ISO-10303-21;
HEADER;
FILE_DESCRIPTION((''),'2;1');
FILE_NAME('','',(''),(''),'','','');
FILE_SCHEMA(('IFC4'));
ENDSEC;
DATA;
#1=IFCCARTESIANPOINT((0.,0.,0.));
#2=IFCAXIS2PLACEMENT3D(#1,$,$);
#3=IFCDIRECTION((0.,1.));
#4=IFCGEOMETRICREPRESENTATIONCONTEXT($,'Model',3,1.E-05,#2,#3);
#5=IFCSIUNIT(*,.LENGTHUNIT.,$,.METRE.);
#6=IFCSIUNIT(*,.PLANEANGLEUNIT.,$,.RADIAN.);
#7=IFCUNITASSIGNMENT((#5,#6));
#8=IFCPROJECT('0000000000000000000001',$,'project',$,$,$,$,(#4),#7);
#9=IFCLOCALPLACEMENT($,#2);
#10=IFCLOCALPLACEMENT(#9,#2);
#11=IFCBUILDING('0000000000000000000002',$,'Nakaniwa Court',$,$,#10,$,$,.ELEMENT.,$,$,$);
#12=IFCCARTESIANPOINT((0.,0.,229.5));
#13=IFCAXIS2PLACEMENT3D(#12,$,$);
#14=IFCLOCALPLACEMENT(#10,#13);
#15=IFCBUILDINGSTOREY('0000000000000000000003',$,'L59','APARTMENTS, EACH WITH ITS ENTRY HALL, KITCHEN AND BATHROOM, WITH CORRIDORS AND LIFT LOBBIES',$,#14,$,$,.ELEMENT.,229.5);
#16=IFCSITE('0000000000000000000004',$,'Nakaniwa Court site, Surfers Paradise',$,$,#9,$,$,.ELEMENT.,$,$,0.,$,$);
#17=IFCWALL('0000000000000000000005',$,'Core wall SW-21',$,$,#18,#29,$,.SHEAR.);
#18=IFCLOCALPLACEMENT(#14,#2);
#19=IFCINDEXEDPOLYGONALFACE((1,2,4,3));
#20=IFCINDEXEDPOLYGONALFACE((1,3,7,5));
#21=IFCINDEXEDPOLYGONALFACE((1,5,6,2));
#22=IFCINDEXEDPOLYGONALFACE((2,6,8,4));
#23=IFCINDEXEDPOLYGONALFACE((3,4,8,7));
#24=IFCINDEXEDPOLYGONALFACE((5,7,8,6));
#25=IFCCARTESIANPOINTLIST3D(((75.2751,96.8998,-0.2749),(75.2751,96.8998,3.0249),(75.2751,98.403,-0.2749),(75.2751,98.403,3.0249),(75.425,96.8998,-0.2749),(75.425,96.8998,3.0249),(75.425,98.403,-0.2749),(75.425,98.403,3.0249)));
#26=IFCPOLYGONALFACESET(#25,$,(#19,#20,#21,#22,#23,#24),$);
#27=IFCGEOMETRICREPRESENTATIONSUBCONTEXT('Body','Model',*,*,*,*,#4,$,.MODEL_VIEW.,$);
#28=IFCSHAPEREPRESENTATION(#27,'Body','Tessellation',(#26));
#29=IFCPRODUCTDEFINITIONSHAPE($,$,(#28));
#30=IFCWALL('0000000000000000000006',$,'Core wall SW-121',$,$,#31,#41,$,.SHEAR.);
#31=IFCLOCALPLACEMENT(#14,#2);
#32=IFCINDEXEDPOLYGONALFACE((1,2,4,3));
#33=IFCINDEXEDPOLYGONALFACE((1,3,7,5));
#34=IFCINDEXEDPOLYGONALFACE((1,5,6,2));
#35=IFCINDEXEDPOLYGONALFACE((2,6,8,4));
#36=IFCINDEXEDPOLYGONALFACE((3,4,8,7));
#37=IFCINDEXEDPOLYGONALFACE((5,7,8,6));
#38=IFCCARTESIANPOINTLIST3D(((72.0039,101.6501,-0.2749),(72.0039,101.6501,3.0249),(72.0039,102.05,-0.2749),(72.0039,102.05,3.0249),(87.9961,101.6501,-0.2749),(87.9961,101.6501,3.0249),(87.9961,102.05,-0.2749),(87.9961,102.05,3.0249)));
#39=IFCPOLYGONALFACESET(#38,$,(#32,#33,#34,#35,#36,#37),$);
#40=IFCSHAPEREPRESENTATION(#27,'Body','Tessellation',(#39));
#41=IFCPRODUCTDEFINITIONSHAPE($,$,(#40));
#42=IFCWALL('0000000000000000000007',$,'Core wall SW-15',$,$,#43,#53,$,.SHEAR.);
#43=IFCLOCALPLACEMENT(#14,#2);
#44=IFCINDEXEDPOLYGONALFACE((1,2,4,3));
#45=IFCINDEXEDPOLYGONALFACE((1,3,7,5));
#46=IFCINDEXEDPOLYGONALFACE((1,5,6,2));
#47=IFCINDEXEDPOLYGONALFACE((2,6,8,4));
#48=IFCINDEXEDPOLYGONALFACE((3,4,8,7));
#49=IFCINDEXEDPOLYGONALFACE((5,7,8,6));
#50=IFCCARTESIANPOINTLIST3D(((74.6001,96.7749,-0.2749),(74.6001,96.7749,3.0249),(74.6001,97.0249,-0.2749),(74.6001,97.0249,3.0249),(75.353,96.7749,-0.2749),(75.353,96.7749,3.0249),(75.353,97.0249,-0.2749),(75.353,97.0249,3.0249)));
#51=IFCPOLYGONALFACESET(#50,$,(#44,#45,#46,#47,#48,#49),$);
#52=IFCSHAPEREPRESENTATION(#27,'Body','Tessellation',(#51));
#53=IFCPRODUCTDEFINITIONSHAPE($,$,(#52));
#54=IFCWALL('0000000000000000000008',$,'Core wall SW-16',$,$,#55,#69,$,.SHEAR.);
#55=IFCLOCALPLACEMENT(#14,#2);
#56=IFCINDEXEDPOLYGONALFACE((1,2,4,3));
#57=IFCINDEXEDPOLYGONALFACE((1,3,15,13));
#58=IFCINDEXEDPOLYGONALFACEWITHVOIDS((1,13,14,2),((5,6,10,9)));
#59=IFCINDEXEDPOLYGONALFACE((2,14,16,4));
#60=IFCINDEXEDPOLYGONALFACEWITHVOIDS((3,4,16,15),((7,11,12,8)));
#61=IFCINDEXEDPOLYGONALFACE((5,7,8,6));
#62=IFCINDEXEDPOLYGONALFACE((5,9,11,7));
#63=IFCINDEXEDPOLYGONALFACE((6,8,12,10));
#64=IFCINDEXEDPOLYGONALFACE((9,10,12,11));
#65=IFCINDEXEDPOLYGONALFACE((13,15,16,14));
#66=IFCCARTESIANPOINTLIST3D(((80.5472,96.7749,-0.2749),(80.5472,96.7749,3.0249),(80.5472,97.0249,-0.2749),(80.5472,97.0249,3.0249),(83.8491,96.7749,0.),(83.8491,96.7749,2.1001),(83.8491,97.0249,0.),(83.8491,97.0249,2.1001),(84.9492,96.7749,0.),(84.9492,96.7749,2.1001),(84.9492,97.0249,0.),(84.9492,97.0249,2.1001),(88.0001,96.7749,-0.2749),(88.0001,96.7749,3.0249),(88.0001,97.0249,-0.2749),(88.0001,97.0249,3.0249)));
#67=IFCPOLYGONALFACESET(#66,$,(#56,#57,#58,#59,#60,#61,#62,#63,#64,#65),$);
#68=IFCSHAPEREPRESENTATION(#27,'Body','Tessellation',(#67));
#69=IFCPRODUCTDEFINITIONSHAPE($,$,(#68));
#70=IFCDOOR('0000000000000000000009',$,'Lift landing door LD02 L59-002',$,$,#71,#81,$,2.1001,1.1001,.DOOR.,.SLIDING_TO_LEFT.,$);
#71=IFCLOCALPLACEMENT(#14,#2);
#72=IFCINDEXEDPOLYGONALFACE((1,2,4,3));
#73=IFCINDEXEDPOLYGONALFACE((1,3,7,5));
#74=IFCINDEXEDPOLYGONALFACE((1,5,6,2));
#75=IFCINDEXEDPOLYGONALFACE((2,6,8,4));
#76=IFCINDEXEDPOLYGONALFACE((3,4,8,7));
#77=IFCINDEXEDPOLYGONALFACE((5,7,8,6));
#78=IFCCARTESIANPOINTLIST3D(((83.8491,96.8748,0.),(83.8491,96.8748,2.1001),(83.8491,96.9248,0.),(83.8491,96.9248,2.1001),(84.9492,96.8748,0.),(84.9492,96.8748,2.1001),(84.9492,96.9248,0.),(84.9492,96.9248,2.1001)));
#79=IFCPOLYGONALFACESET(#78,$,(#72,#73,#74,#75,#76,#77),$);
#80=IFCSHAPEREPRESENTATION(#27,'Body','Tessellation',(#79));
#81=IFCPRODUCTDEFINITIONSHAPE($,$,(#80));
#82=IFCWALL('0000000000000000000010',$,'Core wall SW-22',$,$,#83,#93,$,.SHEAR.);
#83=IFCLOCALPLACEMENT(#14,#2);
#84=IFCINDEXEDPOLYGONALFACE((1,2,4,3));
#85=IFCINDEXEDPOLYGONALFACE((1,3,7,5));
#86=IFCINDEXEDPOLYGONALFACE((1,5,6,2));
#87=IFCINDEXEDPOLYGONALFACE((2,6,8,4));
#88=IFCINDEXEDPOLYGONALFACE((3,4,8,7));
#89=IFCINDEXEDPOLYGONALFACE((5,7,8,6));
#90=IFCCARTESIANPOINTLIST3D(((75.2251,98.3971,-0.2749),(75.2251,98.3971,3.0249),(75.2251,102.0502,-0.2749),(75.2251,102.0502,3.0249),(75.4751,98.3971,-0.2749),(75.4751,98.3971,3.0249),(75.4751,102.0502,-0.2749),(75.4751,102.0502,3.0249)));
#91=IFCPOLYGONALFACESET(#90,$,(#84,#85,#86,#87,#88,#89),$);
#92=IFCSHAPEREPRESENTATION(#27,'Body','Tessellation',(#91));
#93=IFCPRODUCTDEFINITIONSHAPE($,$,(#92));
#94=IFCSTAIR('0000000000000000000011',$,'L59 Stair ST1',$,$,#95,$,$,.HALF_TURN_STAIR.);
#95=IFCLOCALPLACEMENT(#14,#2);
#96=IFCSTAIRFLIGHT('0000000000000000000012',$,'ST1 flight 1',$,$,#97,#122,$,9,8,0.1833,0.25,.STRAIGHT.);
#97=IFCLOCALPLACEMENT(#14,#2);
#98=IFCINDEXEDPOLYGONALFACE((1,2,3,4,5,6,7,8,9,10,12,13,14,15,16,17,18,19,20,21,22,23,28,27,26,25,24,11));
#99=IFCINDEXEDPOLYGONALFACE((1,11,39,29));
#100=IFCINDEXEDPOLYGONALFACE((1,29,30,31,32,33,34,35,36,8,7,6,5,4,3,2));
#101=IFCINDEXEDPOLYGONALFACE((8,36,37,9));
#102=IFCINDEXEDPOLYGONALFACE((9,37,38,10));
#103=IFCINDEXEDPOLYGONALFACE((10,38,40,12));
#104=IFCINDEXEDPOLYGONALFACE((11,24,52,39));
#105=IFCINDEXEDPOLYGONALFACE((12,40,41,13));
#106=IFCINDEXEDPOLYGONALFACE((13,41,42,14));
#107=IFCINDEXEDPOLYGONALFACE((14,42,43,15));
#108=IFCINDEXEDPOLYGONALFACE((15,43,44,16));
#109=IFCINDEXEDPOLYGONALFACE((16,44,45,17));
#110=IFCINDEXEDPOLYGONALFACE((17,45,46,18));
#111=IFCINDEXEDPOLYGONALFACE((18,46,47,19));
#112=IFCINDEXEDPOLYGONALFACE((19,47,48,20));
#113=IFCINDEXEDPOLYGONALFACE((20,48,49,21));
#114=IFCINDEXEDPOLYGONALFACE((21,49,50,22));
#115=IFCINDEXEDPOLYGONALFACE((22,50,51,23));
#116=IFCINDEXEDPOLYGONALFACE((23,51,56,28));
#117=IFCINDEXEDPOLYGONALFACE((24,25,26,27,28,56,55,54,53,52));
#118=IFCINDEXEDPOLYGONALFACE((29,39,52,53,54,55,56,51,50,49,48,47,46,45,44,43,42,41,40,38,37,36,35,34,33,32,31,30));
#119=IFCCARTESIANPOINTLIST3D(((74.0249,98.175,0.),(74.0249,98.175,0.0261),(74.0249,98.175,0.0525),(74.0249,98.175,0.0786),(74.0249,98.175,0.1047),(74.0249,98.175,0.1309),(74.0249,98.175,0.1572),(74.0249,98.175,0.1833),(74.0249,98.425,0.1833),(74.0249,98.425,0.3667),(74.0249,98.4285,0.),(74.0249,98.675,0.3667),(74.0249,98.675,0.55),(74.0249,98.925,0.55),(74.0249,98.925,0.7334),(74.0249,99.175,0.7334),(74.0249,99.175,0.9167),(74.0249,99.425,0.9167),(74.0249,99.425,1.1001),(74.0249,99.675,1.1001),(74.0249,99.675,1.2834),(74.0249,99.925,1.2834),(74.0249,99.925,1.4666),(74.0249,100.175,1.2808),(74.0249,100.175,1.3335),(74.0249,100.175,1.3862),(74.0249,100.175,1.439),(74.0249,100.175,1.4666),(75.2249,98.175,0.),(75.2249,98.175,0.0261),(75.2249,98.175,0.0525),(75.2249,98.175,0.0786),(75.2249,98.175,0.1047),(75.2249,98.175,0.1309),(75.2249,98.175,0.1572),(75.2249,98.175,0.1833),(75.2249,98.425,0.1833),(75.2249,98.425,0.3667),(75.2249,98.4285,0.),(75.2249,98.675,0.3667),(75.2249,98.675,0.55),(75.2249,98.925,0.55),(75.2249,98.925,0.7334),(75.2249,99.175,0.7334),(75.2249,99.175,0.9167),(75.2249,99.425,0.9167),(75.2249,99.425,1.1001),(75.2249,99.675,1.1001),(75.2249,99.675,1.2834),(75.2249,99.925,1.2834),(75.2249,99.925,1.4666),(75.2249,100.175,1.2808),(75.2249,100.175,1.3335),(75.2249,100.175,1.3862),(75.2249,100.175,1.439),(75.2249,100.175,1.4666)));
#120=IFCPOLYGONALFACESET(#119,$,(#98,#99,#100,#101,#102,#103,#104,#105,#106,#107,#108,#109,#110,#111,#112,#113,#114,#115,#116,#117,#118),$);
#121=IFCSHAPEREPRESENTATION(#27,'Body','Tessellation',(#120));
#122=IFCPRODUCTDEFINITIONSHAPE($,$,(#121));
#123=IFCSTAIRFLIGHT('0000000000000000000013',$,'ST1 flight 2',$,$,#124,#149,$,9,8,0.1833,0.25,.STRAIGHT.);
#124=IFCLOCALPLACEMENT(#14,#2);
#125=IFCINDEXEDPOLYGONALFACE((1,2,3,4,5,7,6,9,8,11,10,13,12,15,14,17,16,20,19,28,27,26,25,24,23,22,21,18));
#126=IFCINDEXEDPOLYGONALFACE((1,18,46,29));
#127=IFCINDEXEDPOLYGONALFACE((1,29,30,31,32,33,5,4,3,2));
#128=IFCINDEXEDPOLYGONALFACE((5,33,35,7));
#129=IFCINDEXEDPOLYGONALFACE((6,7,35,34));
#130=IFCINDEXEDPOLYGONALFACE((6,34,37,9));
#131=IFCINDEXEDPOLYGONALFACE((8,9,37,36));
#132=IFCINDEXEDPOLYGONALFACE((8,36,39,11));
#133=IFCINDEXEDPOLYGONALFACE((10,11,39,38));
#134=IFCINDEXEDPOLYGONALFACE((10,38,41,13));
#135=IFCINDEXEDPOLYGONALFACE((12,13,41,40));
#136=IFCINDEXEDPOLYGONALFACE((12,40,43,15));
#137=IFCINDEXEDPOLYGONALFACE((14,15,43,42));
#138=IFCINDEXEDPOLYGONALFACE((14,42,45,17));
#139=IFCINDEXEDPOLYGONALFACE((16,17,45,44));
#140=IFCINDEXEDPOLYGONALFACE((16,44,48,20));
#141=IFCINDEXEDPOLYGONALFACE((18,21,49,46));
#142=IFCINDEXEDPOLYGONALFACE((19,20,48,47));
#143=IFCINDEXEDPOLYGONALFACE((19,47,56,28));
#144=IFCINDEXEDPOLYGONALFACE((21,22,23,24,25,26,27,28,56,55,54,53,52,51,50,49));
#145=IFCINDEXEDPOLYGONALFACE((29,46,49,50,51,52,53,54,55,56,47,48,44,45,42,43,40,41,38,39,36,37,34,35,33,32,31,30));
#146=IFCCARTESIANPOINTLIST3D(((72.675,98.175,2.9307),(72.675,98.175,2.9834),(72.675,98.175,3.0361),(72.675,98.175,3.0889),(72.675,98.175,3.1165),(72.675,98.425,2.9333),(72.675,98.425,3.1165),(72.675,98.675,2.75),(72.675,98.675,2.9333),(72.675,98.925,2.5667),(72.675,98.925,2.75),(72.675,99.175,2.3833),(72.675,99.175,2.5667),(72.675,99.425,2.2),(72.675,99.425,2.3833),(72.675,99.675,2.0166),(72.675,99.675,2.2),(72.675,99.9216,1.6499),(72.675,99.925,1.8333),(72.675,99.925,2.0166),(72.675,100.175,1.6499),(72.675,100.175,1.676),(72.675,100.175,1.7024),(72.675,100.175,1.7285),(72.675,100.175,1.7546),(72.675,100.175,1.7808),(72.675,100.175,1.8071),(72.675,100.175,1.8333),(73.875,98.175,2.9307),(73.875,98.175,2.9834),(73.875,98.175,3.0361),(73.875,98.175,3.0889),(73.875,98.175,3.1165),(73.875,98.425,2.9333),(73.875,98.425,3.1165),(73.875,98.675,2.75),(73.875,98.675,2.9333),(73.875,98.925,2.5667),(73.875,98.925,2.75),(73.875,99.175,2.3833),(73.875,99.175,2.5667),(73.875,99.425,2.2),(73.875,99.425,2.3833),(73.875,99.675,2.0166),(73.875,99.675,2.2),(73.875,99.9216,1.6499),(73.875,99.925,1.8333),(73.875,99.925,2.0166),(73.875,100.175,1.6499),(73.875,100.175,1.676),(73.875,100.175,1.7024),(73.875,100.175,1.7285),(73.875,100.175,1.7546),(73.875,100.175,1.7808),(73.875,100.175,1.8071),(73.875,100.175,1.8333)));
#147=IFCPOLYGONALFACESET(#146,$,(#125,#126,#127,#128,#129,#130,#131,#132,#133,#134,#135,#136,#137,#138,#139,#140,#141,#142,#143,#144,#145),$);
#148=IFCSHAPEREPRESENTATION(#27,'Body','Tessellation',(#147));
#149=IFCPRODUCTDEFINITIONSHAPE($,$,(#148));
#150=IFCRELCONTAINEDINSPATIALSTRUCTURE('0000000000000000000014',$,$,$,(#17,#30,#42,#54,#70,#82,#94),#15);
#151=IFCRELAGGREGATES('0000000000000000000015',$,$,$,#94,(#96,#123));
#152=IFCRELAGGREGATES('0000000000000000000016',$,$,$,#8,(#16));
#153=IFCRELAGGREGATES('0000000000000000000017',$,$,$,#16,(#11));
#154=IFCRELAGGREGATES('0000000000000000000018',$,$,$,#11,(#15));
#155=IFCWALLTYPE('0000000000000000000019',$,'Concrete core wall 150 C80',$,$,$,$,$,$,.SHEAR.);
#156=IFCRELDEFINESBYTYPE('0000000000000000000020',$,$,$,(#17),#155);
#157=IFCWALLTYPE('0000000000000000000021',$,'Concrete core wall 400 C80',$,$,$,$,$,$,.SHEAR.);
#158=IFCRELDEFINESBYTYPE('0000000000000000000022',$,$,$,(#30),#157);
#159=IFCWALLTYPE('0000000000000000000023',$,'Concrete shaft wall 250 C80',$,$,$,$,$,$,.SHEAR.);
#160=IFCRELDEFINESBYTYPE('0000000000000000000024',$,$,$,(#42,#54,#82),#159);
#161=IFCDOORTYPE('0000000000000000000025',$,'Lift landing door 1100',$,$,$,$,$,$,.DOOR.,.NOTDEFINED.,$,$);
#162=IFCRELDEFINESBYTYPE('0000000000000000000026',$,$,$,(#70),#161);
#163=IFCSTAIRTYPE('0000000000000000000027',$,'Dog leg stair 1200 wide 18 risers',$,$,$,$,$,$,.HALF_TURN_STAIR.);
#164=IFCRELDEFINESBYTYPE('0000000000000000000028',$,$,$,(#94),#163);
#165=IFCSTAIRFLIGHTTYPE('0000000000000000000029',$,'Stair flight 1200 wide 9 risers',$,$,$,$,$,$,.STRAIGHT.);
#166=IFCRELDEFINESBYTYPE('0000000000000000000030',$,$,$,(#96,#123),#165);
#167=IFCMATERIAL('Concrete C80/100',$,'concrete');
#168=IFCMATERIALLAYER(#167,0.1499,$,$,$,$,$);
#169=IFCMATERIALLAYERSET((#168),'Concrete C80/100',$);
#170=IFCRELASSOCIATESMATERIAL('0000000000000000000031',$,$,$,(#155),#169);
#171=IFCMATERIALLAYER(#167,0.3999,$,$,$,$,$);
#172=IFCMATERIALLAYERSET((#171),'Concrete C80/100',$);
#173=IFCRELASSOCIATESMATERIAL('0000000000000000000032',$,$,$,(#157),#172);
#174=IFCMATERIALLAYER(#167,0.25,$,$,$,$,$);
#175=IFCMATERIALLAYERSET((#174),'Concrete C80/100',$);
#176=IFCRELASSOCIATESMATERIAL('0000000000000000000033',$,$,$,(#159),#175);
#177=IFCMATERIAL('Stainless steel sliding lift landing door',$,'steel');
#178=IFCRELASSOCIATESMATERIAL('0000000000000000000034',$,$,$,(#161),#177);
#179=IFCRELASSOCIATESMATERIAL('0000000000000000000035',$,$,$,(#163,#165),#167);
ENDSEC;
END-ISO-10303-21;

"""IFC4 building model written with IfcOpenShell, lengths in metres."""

from ifc_helpers import new_model, si_unit, direction, frame, frame_2d, origin, place, context, subcontext, project, spatial, polyline, rectangle, outline, extrude, material, layer, layer_set, type_object, element, fill, aggregate, save


model = new_model("IFC4")

# Units and contexts
model_context = context("Model", 3, precision=1e-05, world=origin(), true_north=direction((0.0, 1.0)))
body_context = subcontext(model_context, "Body", "Model", "MODEL_VIEW")
ifc_project = project(units=[si_unit("LENGTHUNIT", "METRE"), si_unit("PLANEANGLEUNIT", "RADIAN")], contexts=[model_context])

# Site, building, storey
site_placement = place(None, origin())
site = spatial("IfcSite", under=ifc_project, at=site_placement, Name="Nakaniwa Court site, Surfers Paradise", CompositionType="ELEMENT", RefElevation=0.0)
building_placement = place(site_placement, origin())
building = spatial("IfcBuilding", under=site, at=building_placement, Name="Nakaniwa Court", CompositionType="ELEMENT")
storey_placement = place(building_placement, frame((0.0, 0.0, 229.5)))
storey = spatial("IfcBuildingStorey", under=building, at=storey_placement, Name="L59", Description="APARTMENTS, EACH WITH ITS ENTRY HALL, KITCHEN AND BATHROOM, WITH CORRIDORS AND LIFT LOBBIES", CompositionType="ELEMENT", Elevation=229.5)

# Shared definitions
ifc_material_1 = material(Name="Concrete C80/100", Category="concrete")

# Shared definitions
ifc_layer_1 = layer(ifc_material_1, 0.1499)
ifc_layer_set_1 = layer_set([ifc_layer_1], Name="Concrete C80/100")
wall_type_1 = type_object("IfcWallType", Name="Concrete core wall 150 C80", PredefinedType="SHEAR", material=ifc_layer_set_1)

# Walls
wall_1_placement = place(storey_placement, frame((75.3501, 96.8999, -0.2749), z_axis=(0.0, 0.0, 1.0), x_axis=(0.0, 1.0, 0.0)))
element("IfcWall", 1, at=wall_1_placement, inside=storey, type_object=wall_type_1, Name="Core wall SW-21", PredefinedType="SHEAR", context=body_context, shape_type="SweptSolid", body=[
    extrude(rectangle(XDim=1.5032, YDim=0.1499, at=frame_2d((0.7515, 0.0))), origin(), (0.0, 0.0, 1.0), 3.2998),
])
ifc_layer_2 = layer(ifc_material_1, 0.3999)
ifc_layer_set_2 = layer_set([ifc_layer_2], Name="Concrete C80/100")
wall_type_2 = type_object("IfcWallType", Name="Concrete core wall 400 C80", PredefinedType="SHEAR", material=ifc_layer_set_2)
wall_2_placement = place(storey_placement, frame((72.0039, 101.8501, -0.2749), z_axis=(0.0, 0.0, 1.0), x_axis=(1.0, 0.0, 0.0)))
element("IfcWall", 2, at=wall_2_placement, inside=storey, type_object=wall_type_2, Name="Core wall SW-121", PredefinedType="SHEAR", context=body_context, shape_type="SweptSolid", body=[
    extrude(rectangle(XDim=15.9922, YDim=0.3999, at=frame_2d((7.9961, 0.0))), origin(), (0.0, 0.0, 1.0), 3.2998),
])
ifc_layer_3 = layer(ifc_material_1, 0.25)
ifc_layer_set_3 = layer_set([ifc_layer_3], Name="Concrete C80/100")
wall_type_3 = type_object("IfcWallType", Name="Concrete shaft wall 250 C80", PredefinedType="SHEAR", material=ifc_layer_set_3)
wall_3_placement = place(storey_placement, frame((74.6001, 96.8999, -0.2749), z_axis=(0.0, 0.0, 1.0), x_axis=(1.0, 0.0, 0.0)))
element("IfcWall", 3, at=wall_3_placement, inside=storey, type_object=wall_type_3, Name="Core wall SW-15", PredefinedType="SHEAR", context=body_context, shape_type="SweptSolid", body=[
    extrude(rectangle(XDim=0.7529, YDim=0.25, at=frame_2d((0.3765, 0.0))), origin(), (0.0, 0.0, 1.0), 3.2998),
])

# Wall, opening, door
wall_4_placement = place(storey_placement, frame((80.5471, 96.8999, -0.2749), z_axis=(0.0, 0.0, 1.0), x_axis=(1.0, 0.0, 0.0)))
wall_4 = element("IfcWall", 4, at=wall_4_placement, inside=storey, type_object=wall_type_3, Name="Core wall SW-16", PredefinedType="SHEAR", context=body_context, shape_type="SweptSolid", body=[
    extrude(rectangle(XDim=7.4529, YDim=0.25, at=frame_2d((3.7266, 0.0))), origin(), (0.0, 0.0, 1.0), 3.2998),
])
opening_1_placement = place(wall_4_placement, frame((3.302, 0.0, 0.2749)))
opening_1 = element("IfcOpeningElement", 5, at=opening_1_placement, cuts=wall_4, PredefinedType="OPENING", context=body_context, shape_type="SweptSolid", body=[
    extrude(rectangle(XDim=1.1001, YDim=2.1001, at=frame_2d((0.55, 1.05))), frame((0.0, 0.135, 0.0), z_axis=(0.0, -1.0, 0.0), x_axis=(1.0, 0.0, 0.0)), (0.0, 0.0, 1.0), 0.27),
])
ifc_material_2 = material(Name="Stainless steel sliding lift landing door", Category="steel")
door_type_1 = type_object("IfcDoorType", Name="Lift landing door 1100", OperationType="NOTDEFINED", PredefinedType="DOOR", material=ifc_material_2)
door_1_placement = place(opening_1_placement, origin())
door_1 = element("IfcDoor", 6, at=door_1_placement, inside=storey, type_object=door_type_1, Name="Lift landing door LD02 L59-002", OperationType="SLIDING_TO_LEFT", OverallHeight=2.1001, OverallWidth=1.1001, PredefinedType="DOOR", context=body_context, shape_type="SweptSolid", body=[
    extrude(rectangle(XDim=1.1001, YDim=2.1001, at=frame_2d((0.55, 1.05))), frame((0.0, 0.0249, 0.0), z_axis=(0.0, -1.0, 0.0), x_axis=(1.0, 0.0, 0.0)), (0.0, 0.0, 1.0), 0.05),
])
fill(opening_1, door_1)

# Wall
wall_5_placement = place(storey_placement, frame((75.3501, 98.397, -0.2749), z_axis=(0.0, 0.0, 1.0), x_axis=(0.0, 1.0, 0.0)))
element("IfcWall", 7, at=wall_5_placement, inside=storey, type_object=wall_type_3, Name="Core wall SW-22", PredefinedType="SHEAR", context=body_context, shape_type="SweptSolid", body=[
    extrude(rectangle(XDim=3.6531, YDim=0.25, at=frame_2d((1.8267, 0.0))), origin(), (0.0, 0.0, 1.0), 3.2998),
])

# Stair, stair flights
stair_type = type_object("IfcStairType", Name="Dog leg stair 1200 wide 18 risers", PredefinedType="HALF_TURN_STAIR", material=ifc_material_1)
stair_placement = place(storey_placement, origin())
stair = element("IfcStair", 8, at=stair_placement, inside=storey, type_object=stair_type, Name="L59 Stair ST1", PredefinedType="HALF_TURN_STAIR")
stair_flight_type = type_object("IfcStairFlightType", Name="Stair flight 1200 wide 9 risers", PredefinedType="STRAIGHT", material=ifc_material_1)
stair_flight_1_placement = place(storey_placement, frame((74.625, 98.175, 0.0), z_axis=(0.0, 0.0, 1.0), x_axis=(0.0, 1.0, 0.0)))
stair_flight_1 = element("IfcStairFlight", 9, at=stair_flight_1_placement, type_object=stair_flight_type, Name="ST1 flight 1", NumberOfRisers=9, NumberOfTreads=8, PredefinedType="STRAIGHT", RiserHeight=0.1833, TreadLength=0.25, context=body_context, shape_type="SweptSolid", body=[
    extrude(outline(polyline([(0.0, 0.0), (0.0, 0.0261), (0.0, 0.0525), (0.0, 0.0786), (0.0, 0.1047), (0.0, 0.1309), (0.0, 0.1572), (0.0, 0.1833), (0.25, 0.1833), (0.25, 0.3667), (0.5, 0.3667), (0.5, 0.55), (0.75, 0.55), (0.75, 0.7334), (1.0, 0.7334), (1.0, 0.9167), (1.25, 0.9167), (1.25, 1.1001), (1.5, 1.1001), (1.5, 1.2834), (1.75, 1.2834), (1.75, 1.4666), (2.0, 1.4666), (2.0, 1.6499), (2.0, 1.5972), (2.0, 1.5444), (2.0, 1.4917), (2.0, 1.439), (2.0, 1.3862), (2.0, 1.3335), (2.0, 1.2808), (0.2534, 0.0), (0.0, 0.0)])), frame((0.0, 0.6001, 0.0), z_axis=(0.0, -1.0, 0.0), x_axis=(1.0, 0.0, 0.0)), (0.0, 0.0, 1.0), 1.2),
])
stair_flight_2_placement = place(storey_placement, frame((73.2749, 100.175, 1.6499), z_axis=(0.0, 0.0, 1.0), x_axis=(0.0, -1.0, 0.0)))
stair_flight_2 = element("IfcStairFlight", 10, at=stair_flight_2_placement, type_object=stair_flight_type, Name="ST1 flight 2", NumberOfRisers=9, NumberOfTreads=8, PredefinedType="STRAIGHT", RiserHeight=0.1833, TreadLength=0.25, context=body_context, shape_type="SweptSolid", body=[
    extrude(outline(polyline([(0.0, 0.0), (0.0, 0.0261), (0.0, 0.0525), (0.0, 0.0786), (0.0, 0.1047), (0.0, 0.1309), (0.0, 0.1572), (0.0, 0.1833), (0.25, 0.1833), (0.25, 0.3667), (0.5, 0.3667), (0.5, 0.55), (0.75, 0.55), (0.75, 0.7334), (1.0, 0.7334), (1.0, 0.9167), (1.25, 0.9167), (1.25, 1.1001), (1.5, 1.1001), (1.5, 1.2834), (1.75, 1.2834), (1.75, 1.4666), (2.0, 1.4666), (2.0, 1.6499), (2.0, 1.5972), (2.0, 1.5444), (2.0, 1.4917), (2.0, 1.439), (2.0, 1.3862), (2.0, 1.3335), (2.0, 1.2808), (0.2534, 0.0), (0.0, 0.0)])), frame((0.0, 0.6001, 0.0), z_axis=(0.0, -1.0, 0.0), x_axis=(1.0, 0.0, 0.0)), (0.0, 0.0, 1.0), 1.2),
])
aggregate(stair, [stair_flight_1, stair_flight_2])

save(model, "model.ifc")
